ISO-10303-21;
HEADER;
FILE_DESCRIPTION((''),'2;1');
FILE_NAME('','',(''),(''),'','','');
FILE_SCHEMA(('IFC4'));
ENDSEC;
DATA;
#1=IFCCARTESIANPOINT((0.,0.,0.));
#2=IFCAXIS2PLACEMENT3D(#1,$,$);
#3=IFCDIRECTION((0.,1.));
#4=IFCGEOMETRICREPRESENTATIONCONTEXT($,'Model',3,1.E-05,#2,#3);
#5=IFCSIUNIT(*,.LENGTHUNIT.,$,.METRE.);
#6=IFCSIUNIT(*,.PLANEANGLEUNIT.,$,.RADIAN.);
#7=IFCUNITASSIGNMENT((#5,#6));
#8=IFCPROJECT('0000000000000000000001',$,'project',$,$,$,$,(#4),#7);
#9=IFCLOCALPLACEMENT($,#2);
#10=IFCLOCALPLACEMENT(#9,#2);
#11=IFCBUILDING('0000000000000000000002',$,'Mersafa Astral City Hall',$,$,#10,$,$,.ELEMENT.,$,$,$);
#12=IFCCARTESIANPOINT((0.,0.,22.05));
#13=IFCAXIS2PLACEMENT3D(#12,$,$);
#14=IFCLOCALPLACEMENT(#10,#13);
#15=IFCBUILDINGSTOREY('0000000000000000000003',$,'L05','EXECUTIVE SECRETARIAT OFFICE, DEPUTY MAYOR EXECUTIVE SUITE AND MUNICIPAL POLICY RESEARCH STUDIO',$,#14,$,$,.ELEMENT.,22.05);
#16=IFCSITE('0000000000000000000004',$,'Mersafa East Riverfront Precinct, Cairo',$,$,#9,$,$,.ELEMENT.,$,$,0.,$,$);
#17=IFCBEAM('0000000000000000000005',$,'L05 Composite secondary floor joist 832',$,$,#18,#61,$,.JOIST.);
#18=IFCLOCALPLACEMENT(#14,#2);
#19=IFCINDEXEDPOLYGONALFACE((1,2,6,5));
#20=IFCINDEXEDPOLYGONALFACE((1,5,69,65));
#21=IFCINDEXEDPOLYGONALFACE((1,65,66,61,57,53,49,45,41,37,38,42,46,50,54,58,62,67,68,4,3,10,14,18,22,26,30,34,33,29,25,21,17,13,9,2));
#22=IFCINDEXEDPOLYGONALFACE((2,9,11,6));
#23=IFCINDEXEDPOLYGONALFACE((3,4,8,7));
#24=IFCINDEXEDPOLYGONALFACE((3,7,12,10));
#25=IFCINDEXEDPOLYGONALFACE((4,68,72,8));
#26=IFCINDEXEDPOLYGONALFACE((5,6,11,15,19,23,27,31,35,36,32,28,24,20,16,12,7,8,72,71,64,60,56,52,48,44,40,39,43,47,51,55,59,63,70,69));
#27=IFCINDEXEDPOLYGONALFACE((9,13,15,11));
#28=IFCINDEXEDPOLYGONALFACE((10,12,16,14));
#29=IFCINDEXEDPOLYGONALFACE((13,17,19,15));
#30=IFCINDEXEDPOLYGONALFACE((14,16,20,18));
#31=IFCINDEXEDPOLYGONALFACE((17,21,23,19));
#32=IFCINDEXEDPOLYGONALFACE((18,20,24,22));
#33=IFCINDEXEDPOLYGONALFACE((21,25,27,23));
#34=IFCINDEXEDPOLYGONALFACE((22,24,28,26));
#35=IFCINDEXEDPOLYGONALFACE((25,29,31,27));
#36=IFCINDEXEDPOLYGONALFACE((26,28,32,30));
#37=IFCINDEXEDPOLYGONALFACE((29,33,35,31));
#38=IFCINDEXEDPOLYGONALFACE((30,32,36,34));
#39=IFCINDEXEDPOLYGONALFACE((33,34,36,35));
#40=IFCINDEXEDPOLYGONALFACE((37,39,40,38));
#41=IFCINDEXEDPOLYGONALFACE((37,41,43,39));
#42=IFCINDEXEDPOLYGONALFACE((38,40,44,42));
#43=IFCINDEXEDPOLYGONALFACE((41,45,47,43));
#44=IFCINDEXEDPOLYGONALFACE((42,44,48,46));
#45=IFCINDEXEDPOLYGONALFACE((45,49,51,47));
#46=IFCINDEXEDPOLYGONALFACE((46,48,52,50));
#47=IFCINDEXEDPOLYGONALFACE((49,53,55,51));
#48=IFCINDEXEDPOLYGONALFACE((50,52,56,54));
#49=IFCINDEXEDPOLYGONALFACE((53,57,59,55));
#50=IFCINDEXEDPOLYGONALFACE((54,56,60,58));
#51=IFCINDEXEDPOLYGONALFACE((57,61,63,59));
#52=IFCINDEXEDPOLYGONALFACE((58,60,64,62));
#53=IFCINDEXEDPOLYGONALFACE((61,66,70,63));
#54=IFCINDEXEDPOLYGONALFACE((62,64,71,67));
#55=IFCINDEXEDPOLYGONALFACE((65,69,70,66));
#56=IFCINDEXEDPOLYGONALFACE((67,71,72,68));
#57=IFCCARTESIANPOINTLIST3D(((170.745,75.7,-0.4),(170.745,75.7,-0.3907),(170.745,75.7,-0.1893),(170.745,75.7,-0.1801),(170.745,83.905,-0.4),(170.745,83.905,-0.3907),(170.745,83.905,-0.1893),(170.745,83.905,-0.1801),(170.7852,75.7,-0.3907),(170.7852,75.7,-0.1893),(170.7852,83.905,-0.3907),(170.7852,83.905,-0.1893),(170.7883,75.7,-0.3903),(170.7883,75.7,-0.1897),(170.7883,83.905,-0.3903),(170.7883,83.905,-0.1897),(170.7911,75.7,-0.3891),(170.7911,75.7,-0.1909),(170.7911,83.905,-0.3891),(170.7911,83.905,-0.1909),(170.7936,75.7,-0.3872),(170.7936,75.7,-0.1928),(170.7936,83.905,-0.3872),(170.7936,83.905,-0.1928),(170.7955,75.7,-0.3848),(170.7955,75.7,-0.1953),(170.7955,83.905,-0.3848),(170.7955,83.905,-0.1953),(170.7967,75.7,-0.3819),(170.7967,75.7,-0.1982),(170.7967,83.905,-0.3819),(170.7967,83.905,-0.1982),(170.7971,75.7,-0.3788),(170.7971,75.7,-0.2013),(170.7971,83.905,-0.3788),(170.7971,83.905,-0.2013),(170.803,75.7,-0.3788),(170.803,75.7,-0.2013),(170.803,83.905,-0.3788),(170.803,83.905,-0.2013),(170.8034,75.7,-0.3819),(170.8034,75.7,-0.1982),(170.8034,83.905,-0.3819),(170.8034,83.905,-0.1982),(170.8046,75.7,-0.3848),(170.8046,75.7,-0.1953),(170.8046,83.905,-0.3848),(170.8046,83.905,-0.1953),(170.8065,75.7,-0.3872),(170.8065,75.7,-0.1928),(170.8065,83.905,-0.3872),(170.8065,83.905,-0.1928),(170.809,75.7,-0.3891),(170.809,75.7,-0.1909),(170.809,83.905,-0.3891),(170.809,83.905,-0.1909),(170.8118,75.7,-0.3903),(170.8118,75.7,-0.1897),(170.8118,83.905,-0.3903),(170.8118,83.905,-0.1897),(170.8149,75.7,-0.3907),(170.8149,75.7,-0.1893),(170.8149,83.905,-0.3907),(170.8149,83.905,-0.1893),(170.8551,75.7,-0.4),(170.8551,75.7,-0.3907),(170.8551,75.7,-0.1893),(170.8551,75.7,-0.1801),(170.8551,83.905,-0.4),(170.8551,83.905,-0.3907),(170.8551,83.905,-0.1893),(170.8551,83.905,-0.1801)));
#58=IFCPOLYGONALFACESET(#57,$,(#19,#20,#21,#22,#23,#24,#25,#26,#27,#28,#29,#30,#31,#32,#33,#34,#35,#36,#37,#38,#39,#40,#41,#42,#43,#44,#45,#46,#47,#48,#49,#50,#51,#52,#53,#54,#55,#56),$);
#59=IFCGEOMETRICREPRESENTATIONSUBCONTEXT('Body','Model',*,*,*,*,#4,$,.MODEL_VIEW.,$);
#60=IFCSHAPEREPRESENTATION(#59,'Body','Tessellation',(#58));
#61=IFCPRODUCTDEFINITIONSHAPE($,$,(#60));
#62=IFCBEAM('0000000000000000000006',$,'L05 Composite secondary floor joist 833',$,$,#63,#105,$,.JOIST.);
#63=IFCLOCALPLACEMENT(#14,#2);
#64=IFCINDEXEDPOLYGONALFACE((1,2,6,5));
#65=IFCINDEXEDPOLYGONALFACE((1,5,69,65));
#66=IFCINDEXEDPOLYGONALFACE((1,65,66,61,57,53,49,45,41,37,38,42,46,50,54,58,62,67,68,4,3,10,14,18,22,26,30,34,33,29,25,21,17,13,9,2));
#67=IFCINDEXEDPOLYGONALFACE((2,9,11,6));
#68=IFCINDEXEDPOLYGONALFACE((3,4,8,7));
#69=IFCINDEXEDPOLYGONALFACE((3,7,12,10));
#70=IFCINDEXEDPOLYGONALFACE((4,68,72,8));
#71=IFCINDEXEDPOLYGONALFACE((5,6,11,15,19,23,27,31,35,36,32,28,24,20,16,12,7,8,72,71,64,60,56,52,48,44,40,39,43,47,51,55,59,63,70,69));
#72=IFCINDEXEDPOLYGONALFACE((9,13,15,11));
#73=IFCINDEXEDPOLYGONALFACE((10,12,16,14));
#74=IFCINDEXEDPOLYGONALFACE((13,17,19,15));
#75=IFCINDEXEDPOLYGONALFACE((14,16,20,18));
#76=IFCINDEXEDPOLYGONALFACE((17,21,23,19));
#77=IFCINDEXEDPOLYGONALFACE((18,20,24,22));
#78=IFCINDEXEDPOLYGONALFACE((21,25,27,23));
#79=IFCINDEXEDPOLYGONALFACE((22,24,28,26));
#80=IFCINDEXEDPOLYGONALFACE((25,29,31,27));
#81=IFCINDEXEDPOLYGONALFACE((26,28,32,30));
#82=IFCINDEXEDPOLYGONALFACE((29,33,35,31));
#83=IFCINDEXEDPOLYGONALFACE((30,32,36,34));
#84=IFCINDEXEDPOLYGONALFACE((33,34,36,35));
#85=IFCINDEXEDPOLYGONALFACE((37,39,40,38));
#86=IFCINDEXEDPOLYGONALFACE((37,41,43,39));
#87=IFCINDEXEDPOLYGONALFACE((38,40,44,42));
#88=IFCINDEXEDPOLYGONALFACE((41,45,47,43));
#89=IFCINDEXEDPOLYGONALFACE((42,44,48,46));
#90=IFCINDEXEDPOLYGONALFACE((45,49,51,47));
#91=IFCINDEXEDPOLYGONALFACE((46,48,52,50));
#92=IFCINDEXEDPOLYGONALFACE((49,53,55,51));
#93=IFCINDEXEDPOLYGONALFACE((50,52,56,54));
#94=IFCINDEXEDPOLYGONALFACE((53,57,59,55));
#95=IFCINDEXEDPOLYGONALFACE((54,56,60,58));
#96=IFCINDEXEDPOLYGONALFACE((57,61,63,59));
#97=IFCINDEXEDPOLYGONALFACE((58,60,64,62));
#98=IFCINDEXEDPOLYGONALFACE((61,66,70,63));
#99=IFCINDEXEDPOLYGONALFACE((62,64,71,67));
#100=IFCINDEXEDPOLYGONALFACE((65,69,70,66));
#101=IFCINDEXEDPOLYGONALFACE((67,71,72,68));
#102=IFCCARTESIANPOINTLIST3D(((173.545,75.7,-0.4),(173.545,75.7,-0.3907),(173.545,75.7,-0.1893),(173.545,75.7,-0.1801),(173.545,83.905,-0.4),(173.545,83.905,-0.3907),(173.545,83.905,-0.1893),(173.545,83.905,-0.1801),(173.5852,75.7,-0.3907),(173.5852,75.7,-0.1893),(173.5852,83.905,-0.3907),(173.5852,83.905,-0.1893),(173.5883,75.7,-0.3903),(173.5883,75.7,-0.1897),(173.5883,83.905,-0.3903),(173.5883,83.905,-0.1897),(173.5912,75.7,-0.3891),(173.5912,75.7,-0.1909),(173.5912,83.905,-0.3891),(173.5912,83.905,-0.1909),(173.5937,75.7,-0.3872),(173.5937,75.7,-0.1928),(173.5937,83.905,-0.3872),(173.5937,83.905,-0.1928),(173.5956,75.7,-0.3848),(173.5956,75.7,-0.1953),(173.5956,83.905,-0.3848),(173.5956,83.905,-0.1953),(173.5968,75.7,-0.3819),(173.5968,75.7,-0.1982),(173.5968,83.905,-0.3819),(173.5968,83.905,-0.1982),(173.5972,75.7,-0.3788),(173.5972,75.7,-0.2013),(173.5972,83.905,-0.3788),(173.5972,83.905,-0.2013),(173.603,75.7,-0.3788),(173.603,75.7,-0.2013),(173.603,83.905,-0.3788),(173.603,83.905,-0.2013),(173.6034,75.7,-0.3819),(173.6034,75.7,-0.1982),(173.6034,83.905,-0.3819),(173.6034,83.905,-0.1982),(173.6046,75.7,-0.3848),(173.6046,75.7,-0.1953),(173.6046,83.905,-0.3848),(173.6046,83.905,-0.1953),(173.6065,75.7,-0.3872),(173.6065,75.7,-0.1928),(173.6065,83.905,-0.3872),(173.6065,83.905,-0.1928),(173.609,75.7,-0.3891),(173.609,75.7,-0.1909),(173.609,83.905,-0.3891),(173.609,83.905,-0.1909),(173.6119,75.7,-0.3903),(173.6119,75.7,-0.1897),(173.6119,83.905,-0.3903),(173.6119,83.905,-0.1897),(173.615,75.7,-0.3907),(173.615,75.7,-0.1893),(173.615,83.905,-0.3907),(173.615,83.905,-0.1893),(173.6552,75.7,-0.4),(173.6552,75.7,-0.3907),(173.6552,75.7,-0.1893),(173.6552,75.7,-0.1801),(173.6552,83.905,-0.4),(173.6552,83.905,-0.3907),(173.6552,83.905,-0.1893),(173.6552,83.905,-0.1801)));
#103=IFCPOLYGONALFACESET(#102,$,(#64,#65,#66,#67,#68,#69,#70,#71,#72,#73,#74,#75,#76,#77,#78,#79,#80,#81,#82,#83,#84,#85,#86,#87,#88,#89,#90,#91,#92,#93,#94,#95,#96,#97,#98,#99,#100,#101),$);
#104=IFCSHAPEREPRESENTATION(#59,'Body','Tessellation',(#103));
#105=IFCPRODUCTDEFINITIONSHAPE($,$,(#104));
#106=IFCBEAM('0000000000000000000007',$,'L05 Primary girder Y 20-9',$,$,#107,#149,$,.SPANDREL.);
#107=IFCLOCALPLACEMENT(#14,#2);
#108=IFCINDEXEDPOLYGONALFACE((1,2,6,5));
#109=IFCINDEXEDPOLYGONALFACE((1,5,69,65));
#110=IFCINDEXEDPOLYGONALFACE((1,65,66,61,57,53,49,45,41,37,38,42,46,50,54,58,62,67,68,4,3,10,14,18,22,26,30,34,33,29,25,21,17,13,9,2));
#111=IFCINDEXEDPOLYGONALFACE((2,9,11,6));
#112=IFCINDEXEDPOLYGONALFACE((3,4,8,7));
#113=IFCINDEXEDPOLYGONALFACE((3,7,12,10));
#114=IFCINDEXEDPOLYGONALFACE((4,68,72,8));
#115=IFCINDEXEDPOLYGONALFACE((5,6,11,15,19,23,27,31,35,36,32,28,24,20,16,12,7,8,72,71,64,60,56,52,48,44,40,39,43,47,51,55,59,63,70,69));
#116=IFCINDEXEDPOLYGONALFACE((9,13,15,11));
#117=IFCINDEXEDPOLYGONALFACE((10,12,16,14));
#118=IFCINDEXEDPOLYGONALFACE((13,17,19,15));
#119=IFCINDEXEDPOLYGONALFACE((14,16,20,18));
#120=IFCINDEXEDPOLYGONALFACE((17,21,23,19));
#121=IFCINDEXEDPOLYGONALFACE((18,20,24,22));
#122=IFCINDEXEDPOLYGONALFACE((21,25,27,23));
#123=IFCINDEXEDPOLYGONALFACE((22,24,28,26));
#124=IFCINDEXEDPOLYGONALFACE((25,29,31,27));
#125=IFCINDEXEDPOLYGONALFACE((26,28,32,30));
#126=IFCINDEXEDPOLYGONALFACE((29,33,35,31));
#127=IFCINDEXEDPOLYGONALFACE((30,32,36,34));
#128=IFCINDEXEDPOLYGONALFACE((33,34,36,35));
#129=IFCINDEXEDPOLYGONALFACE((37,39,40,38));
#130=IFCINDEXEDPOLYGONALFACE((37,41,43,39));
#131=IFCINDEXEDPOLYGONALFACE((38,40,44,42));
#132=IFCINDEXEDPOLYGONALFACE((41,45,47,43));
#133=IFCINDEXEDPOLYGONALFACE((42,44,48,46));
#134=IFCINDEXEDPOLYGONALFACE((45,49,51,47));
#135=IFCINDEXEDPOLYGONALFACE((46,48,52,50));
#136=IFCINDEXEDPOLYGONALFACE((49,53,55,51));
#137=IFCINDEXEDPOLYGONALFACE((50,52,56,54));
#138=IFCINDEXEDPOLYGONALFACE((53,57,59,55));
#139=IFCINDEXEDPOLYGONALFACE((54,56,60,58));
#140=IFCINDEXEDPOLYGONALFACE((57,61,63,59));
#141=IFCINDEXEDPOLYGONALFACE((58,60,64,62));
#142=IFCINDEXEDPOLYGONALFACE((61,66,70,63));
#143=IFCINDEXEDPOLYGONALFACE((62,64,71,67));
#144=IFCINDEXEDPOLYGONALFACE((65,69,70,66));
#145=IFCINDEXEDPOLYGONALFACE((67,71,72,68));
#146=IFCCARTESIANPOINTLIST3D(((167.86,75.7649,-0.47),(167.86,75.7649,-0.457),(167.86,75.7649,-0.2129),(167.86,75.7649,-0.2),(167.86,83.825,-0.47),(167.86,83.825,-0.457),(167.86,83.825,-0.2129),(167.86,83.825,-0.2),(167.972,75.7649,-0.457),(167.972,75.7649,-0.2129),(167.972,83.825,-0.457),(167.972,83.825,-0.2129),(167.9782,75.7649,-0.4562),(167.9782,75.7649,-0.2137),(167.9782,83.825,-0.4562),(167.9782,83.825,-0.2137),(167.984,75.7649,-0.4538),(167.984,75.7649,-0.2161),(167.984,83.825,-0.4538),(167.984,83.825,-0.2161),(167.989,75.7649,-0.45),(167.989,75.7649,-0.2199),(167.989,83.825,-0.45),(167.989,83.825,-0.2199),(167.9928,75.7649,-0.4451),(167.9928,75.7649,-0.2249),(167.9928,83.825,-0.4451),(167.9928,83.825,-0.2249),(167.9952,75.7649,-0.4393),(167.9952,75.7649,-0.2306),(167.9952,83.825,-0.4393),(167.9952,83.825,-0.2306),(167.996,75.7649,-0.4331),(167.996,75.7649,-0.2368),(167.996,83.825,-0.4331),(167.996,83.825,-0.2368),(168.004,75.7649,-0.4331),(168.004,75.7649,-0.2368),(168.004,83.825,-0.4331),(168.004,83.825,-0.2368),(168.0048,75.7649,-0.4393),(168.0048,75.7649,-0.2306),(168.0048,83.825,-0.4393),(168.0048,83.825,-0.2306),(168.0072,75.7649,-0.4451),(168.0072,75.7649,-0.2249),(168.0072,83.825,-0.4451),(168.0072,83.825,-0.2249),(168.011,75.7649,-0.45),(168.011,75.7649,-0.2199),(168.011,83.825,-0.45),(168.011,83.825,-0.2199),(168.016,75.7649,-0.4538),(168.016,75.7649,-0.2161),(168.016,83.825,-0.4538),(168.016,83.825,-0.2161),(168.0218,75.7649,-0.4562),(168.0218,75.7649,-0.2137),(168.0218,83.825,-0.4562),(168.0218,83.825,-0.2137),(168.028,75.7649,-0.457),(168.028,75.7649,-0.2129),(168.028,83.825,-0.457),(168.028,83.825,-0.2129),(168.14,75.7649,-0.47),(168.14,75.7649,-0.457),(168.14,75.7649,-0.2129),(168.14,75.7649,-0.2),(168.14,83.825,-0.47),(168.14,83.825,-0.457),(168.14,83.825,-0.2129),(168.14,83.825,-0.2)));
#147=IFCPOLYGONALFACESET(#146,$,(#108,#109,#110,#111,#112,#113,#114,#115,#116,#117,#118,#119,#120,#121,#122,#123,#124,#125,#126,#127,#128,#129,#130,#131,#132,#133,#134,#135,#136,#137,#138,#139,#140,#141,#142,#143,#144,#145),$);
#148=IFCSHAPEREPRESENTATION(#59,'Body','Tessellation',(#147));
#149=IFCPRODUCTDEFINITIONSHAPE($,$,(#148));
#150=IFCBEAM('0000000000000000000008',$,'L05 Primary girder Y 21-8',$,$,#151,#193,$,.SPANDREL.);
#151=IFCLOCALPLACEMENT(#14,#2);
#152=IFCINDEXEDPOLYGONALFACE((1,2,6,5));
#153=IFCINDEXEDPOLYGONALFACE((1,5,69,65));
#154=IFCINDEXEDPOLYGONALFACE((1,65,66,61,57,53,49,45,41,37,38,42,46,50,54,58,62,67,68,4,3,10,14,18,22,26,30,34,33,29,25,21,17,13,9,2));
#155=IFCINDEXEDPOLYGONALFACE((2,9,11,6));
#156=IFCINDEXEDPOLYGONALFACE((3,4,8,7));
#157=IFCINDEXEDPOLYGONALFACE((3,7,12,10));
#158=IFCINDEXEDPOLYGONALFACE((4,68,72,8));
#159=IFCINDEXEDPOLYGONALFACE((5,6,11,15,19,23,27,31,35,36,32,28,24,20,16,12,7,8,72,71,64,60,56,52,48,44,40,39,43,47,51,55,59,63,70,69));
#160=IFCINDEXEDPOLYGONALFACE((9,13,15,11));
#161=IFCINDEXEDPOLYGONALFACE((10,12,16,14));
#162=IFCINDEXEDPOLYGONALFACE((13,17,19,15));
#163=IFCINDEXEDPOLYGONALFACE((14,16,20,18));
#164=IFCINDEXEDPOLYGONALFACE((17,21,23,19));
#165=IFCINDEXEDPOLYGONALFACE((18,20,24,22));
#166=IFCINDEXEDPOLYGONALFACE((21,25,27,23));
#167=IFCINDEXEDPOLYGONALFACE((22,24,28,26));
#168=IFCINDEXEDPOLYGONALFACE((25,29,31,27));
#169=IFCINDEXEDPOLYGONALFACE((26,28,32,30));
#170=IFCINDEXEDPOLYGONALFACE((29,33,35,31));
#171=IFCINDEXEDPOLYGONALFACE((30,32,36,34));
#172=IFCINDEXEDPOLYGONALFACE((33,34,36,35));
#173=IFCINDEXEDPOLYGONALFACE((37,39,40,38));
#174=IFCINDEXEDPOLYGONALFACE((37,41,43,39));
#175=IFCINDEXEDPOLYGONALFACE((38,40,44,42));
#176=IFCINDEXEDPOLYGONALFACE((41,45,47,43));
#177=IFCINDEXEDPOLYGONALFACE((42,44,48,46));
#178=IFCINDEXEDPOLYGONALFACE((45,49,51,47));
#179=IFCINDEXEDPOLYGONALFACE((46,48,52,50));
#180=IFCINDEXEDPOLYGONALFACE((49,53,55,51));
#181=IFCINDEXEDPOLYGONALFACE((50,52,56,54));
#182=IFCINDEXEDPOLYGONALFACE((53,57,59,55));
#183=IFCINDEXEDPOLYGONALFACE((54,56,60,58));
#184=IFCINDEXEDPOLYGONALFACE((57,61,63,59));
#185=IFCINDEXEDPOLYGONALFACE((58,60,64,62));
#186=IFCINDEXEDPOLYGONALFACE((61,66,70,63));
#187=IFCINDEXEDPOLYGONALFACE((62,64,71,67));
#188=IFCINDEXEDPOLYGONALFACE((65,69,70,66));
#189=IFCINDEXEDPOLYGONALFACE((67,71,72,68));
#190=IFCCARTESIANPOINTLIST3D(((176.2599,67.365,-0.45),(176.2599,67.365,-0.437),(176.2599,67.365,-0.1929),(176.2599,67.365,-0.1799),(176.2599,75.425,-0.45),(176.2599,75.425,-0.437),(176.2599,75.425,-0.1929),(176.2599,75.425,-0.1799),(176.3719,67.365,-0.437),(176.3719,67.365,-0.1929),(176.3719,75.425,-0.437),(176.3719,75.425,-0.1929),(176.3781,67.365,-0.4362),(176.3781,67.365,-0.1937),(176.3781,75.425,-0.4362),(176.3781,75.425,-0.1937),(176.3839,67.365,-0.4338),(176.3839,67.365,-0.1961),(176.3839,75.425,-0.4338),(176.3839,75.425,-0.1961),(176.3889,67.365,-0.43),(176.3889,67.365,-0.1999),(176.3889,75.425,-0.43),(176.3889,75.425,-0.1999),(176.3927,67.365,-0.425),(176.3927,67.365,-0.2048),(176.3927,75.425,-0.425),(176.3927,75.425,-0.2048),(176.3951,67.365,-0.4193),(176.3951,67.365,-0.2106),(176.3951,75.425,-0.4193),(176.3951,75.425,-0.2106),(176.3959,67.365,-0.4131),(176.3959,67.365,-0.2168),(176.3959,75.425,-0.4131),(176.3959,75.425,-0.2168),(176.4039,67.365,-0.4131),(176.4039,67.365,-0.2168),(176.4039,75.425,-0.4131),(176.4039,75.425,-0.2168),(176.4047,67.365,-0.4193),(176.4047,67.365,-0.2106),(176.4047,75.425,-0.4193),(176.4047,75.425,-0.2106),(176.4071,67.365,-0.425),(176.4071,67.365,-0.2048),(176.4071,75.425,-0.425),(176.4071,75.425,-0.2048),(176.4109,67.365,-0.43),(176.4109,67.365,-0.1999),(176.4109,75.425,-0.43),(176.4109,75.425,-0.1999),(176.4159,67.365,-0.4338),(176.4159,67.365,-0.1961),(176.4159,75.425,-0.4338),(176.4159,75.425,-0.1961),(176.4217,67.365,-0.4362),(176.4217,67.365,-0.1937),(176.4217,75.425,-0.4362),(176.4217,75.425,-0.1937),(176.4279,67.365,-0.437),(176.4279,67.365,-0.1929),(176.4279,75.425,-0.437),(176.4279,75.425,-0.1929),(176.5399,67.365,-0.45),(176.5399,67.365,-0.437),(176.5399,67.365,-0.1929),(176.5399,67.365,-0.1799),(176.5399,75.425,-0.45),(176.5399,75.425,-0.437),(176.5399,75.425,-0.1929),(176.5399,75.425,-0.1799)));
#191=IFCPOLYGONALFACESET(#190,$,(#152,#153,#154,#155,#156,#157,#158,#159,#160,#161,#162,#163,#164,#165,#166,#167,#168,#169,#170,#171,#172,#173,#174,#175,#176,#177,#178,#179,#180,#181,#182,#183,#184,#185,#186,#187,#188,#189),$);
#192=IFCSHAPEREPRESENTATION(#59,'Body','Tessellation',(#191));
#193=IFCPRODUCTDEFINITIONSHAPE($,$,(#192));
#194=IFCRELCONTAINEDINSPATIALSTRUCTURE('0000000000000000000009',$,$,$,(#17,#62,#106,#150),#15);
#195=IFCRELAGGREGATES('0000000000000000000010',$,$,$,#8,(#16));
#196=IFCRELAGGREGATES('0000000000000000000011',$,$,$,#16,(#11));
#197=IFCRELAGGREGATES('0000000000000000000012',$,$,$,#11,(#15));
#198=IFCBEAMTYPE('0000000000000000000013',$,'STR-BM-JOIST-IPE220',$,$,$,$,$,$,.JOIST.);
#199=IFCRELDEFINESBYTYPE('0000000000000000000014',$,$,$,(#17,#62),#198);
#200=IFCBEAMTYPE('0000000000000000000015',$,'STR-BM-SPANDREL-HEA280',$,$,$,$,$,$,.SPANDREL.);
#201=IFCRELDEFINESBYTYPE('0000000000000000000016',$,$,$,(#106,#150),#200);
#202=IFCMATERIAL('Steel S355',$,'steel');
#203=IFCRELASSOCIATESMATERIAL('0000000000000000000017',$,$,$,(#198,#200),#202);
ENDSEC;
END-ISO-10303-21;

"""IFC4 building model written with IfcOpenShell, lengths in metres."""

from ifc_helpers import new_model, si_unit, direction, frame, origin, origin_2d, place, context, subcontext, project, spatial, i_section, extrude, material, material_profile, profile_set, type_object, element, save


model = new_model("IFC4")

# Units and contexts
model_context = context("Model", 3, precision=1e-05, world=origin(), true_north=direction((0.0, 1.0)))
body_context = subcontext(model_context, "Body", "Model", "MODEL_VIEW")
ifc_project = project(units=[si_unit("LENGTHUNIT", "METRE"), si_unit("PLANEANGLEUNIT", "RADIAN")], contexts=[model_context])

# Site, building, storey
site_placement = place(None, origin())
site = spatial("IfcSite", under=ifc_project, at=site_placement, Name="Mersafa East Riverfront Precinct, Cairo", CompositionType="ELEMENT", RefElevation=0.0)
building_placement = place(site_placement, origin())
building = spatial("IfcBuilding", under=site, at=building_placement, Name="Mersafa Astral City Hall", CompositionType="ELEMENT")
storey_placement = place(building_placement, frame((0.0, 0.0, 22.05)))
storey = spatial("IfcBuildingStorey", under=building, at=storey_placement, Name="L05", Description="EXECUTIVE SECRETARIAT OFFICE, DEPUTY MAYOR EXECUTIVE SUITE AND MUNICIPAL POLICY RESEARCH STUDIO", CompositionType="ELEMENT", Elevation=22.05)

# Shared definitions
ifc_material_1 = material(Name="Steel S355", Category="steel")

# Beams
ifc_material_profile_1 = material_profile(ifc_material_1, i_section(OverallWidth=0.1101, OverallDepth=0.22, WebThickness=0.0059, FlangeThickness=0.0093, FilletRadius=0.012, at=origin_2d()), Name="IPE 220")
ifc_profile_set_1 = profile_set([ifc_material_profile_1], Name="Steel S355")
beam_type_1 = type_object("IfcBeamType", Name="STR-BM-JOIST-IPE220", PredefinedType="JOIST", material=ifc_profile_set_1)
for number, where, z_axis, x_axis, name in (
    (1, (170.8, 75.7, -0.29), (0.0, 1.0, 0.0), (-1.0, 0.0, 0.0), "L05 Composite secondary floor joist 832"),
    (2, (173.6001, 75.7, -0.29), (0.0, 1.0, 0.0), (-1.0, 0.0, 0.0), "L05 Composite secondary floor joist 833"),
):
    element("IfcBeam", number, at=place(storey_placement, frame(where, z_axis=z_axis, x_axis=x_axis)), inside=storey, type_object=beam_type_1, Name=name, PredefinedType="JOIST", context=body_context, shape_type="SweptSolid", body=[
        extrude(i_section(OverallWidth=0.1101, OverallDepth=0.22, WebThickness=0.0059, FlangeThickness=0.0093, FilletRadius=0.012, at=origin_2d()), origin(), (0.0, 0.0, 1.0), 8.2051),
    ])
ifc_material_profile_2 = material_profile(ifc_material_1, i_section(OverallWidth=0.28, OverallDepth=0.27, WebThickness=0.0081, FlangeThickness=0.0129, FilletRadius=0.0239, at=origin_2d()), Name="HEA 280")
ifc_profile_set_2 = profile_set([ifc_material_profile_2], Name="Steel S355")
beam_type_2 = type_object("IfcBeamType", Name="STR-BM-SPANDREL-HEA280", PredefinedType="SPANDREL", material=ifc_profile_set_2)
for number, where, z_axis, x_axis, name in (
    (3, (168.0, 75.7649, -0.335), (0.0, 1.0, 0.0), (-1.0, 0.0, 0.0), "L05 Primary girder Y 20-9"),
    (4, (176.3999, 67.365, -0.3149), (0.0, 1.0, 0.0), (-1.0, 0.0, 0.0), "L05 Primary girder Y 21-8"),
):
    element("IfcBeam", number, at=place(storey_placement, frame(where, z_axis=z_axis, x_axis=x_axis)), inside=storey, type_object=beam_type_2, Name=name, PredefinedType="SPANDREL", context=body_context, shape_type="SweptSolid", body=[
        extrude(i_section(OverallWidth=0.28, OverallDepth=0.27, WebThickness=0.0081, FlangeThickness=0.0129, FilletRadius=0.0239, at=origin_2d()), origin(), (0.0, 0.0, 1.0), 8.0601),
    ])

save(model, "model.ifc")
